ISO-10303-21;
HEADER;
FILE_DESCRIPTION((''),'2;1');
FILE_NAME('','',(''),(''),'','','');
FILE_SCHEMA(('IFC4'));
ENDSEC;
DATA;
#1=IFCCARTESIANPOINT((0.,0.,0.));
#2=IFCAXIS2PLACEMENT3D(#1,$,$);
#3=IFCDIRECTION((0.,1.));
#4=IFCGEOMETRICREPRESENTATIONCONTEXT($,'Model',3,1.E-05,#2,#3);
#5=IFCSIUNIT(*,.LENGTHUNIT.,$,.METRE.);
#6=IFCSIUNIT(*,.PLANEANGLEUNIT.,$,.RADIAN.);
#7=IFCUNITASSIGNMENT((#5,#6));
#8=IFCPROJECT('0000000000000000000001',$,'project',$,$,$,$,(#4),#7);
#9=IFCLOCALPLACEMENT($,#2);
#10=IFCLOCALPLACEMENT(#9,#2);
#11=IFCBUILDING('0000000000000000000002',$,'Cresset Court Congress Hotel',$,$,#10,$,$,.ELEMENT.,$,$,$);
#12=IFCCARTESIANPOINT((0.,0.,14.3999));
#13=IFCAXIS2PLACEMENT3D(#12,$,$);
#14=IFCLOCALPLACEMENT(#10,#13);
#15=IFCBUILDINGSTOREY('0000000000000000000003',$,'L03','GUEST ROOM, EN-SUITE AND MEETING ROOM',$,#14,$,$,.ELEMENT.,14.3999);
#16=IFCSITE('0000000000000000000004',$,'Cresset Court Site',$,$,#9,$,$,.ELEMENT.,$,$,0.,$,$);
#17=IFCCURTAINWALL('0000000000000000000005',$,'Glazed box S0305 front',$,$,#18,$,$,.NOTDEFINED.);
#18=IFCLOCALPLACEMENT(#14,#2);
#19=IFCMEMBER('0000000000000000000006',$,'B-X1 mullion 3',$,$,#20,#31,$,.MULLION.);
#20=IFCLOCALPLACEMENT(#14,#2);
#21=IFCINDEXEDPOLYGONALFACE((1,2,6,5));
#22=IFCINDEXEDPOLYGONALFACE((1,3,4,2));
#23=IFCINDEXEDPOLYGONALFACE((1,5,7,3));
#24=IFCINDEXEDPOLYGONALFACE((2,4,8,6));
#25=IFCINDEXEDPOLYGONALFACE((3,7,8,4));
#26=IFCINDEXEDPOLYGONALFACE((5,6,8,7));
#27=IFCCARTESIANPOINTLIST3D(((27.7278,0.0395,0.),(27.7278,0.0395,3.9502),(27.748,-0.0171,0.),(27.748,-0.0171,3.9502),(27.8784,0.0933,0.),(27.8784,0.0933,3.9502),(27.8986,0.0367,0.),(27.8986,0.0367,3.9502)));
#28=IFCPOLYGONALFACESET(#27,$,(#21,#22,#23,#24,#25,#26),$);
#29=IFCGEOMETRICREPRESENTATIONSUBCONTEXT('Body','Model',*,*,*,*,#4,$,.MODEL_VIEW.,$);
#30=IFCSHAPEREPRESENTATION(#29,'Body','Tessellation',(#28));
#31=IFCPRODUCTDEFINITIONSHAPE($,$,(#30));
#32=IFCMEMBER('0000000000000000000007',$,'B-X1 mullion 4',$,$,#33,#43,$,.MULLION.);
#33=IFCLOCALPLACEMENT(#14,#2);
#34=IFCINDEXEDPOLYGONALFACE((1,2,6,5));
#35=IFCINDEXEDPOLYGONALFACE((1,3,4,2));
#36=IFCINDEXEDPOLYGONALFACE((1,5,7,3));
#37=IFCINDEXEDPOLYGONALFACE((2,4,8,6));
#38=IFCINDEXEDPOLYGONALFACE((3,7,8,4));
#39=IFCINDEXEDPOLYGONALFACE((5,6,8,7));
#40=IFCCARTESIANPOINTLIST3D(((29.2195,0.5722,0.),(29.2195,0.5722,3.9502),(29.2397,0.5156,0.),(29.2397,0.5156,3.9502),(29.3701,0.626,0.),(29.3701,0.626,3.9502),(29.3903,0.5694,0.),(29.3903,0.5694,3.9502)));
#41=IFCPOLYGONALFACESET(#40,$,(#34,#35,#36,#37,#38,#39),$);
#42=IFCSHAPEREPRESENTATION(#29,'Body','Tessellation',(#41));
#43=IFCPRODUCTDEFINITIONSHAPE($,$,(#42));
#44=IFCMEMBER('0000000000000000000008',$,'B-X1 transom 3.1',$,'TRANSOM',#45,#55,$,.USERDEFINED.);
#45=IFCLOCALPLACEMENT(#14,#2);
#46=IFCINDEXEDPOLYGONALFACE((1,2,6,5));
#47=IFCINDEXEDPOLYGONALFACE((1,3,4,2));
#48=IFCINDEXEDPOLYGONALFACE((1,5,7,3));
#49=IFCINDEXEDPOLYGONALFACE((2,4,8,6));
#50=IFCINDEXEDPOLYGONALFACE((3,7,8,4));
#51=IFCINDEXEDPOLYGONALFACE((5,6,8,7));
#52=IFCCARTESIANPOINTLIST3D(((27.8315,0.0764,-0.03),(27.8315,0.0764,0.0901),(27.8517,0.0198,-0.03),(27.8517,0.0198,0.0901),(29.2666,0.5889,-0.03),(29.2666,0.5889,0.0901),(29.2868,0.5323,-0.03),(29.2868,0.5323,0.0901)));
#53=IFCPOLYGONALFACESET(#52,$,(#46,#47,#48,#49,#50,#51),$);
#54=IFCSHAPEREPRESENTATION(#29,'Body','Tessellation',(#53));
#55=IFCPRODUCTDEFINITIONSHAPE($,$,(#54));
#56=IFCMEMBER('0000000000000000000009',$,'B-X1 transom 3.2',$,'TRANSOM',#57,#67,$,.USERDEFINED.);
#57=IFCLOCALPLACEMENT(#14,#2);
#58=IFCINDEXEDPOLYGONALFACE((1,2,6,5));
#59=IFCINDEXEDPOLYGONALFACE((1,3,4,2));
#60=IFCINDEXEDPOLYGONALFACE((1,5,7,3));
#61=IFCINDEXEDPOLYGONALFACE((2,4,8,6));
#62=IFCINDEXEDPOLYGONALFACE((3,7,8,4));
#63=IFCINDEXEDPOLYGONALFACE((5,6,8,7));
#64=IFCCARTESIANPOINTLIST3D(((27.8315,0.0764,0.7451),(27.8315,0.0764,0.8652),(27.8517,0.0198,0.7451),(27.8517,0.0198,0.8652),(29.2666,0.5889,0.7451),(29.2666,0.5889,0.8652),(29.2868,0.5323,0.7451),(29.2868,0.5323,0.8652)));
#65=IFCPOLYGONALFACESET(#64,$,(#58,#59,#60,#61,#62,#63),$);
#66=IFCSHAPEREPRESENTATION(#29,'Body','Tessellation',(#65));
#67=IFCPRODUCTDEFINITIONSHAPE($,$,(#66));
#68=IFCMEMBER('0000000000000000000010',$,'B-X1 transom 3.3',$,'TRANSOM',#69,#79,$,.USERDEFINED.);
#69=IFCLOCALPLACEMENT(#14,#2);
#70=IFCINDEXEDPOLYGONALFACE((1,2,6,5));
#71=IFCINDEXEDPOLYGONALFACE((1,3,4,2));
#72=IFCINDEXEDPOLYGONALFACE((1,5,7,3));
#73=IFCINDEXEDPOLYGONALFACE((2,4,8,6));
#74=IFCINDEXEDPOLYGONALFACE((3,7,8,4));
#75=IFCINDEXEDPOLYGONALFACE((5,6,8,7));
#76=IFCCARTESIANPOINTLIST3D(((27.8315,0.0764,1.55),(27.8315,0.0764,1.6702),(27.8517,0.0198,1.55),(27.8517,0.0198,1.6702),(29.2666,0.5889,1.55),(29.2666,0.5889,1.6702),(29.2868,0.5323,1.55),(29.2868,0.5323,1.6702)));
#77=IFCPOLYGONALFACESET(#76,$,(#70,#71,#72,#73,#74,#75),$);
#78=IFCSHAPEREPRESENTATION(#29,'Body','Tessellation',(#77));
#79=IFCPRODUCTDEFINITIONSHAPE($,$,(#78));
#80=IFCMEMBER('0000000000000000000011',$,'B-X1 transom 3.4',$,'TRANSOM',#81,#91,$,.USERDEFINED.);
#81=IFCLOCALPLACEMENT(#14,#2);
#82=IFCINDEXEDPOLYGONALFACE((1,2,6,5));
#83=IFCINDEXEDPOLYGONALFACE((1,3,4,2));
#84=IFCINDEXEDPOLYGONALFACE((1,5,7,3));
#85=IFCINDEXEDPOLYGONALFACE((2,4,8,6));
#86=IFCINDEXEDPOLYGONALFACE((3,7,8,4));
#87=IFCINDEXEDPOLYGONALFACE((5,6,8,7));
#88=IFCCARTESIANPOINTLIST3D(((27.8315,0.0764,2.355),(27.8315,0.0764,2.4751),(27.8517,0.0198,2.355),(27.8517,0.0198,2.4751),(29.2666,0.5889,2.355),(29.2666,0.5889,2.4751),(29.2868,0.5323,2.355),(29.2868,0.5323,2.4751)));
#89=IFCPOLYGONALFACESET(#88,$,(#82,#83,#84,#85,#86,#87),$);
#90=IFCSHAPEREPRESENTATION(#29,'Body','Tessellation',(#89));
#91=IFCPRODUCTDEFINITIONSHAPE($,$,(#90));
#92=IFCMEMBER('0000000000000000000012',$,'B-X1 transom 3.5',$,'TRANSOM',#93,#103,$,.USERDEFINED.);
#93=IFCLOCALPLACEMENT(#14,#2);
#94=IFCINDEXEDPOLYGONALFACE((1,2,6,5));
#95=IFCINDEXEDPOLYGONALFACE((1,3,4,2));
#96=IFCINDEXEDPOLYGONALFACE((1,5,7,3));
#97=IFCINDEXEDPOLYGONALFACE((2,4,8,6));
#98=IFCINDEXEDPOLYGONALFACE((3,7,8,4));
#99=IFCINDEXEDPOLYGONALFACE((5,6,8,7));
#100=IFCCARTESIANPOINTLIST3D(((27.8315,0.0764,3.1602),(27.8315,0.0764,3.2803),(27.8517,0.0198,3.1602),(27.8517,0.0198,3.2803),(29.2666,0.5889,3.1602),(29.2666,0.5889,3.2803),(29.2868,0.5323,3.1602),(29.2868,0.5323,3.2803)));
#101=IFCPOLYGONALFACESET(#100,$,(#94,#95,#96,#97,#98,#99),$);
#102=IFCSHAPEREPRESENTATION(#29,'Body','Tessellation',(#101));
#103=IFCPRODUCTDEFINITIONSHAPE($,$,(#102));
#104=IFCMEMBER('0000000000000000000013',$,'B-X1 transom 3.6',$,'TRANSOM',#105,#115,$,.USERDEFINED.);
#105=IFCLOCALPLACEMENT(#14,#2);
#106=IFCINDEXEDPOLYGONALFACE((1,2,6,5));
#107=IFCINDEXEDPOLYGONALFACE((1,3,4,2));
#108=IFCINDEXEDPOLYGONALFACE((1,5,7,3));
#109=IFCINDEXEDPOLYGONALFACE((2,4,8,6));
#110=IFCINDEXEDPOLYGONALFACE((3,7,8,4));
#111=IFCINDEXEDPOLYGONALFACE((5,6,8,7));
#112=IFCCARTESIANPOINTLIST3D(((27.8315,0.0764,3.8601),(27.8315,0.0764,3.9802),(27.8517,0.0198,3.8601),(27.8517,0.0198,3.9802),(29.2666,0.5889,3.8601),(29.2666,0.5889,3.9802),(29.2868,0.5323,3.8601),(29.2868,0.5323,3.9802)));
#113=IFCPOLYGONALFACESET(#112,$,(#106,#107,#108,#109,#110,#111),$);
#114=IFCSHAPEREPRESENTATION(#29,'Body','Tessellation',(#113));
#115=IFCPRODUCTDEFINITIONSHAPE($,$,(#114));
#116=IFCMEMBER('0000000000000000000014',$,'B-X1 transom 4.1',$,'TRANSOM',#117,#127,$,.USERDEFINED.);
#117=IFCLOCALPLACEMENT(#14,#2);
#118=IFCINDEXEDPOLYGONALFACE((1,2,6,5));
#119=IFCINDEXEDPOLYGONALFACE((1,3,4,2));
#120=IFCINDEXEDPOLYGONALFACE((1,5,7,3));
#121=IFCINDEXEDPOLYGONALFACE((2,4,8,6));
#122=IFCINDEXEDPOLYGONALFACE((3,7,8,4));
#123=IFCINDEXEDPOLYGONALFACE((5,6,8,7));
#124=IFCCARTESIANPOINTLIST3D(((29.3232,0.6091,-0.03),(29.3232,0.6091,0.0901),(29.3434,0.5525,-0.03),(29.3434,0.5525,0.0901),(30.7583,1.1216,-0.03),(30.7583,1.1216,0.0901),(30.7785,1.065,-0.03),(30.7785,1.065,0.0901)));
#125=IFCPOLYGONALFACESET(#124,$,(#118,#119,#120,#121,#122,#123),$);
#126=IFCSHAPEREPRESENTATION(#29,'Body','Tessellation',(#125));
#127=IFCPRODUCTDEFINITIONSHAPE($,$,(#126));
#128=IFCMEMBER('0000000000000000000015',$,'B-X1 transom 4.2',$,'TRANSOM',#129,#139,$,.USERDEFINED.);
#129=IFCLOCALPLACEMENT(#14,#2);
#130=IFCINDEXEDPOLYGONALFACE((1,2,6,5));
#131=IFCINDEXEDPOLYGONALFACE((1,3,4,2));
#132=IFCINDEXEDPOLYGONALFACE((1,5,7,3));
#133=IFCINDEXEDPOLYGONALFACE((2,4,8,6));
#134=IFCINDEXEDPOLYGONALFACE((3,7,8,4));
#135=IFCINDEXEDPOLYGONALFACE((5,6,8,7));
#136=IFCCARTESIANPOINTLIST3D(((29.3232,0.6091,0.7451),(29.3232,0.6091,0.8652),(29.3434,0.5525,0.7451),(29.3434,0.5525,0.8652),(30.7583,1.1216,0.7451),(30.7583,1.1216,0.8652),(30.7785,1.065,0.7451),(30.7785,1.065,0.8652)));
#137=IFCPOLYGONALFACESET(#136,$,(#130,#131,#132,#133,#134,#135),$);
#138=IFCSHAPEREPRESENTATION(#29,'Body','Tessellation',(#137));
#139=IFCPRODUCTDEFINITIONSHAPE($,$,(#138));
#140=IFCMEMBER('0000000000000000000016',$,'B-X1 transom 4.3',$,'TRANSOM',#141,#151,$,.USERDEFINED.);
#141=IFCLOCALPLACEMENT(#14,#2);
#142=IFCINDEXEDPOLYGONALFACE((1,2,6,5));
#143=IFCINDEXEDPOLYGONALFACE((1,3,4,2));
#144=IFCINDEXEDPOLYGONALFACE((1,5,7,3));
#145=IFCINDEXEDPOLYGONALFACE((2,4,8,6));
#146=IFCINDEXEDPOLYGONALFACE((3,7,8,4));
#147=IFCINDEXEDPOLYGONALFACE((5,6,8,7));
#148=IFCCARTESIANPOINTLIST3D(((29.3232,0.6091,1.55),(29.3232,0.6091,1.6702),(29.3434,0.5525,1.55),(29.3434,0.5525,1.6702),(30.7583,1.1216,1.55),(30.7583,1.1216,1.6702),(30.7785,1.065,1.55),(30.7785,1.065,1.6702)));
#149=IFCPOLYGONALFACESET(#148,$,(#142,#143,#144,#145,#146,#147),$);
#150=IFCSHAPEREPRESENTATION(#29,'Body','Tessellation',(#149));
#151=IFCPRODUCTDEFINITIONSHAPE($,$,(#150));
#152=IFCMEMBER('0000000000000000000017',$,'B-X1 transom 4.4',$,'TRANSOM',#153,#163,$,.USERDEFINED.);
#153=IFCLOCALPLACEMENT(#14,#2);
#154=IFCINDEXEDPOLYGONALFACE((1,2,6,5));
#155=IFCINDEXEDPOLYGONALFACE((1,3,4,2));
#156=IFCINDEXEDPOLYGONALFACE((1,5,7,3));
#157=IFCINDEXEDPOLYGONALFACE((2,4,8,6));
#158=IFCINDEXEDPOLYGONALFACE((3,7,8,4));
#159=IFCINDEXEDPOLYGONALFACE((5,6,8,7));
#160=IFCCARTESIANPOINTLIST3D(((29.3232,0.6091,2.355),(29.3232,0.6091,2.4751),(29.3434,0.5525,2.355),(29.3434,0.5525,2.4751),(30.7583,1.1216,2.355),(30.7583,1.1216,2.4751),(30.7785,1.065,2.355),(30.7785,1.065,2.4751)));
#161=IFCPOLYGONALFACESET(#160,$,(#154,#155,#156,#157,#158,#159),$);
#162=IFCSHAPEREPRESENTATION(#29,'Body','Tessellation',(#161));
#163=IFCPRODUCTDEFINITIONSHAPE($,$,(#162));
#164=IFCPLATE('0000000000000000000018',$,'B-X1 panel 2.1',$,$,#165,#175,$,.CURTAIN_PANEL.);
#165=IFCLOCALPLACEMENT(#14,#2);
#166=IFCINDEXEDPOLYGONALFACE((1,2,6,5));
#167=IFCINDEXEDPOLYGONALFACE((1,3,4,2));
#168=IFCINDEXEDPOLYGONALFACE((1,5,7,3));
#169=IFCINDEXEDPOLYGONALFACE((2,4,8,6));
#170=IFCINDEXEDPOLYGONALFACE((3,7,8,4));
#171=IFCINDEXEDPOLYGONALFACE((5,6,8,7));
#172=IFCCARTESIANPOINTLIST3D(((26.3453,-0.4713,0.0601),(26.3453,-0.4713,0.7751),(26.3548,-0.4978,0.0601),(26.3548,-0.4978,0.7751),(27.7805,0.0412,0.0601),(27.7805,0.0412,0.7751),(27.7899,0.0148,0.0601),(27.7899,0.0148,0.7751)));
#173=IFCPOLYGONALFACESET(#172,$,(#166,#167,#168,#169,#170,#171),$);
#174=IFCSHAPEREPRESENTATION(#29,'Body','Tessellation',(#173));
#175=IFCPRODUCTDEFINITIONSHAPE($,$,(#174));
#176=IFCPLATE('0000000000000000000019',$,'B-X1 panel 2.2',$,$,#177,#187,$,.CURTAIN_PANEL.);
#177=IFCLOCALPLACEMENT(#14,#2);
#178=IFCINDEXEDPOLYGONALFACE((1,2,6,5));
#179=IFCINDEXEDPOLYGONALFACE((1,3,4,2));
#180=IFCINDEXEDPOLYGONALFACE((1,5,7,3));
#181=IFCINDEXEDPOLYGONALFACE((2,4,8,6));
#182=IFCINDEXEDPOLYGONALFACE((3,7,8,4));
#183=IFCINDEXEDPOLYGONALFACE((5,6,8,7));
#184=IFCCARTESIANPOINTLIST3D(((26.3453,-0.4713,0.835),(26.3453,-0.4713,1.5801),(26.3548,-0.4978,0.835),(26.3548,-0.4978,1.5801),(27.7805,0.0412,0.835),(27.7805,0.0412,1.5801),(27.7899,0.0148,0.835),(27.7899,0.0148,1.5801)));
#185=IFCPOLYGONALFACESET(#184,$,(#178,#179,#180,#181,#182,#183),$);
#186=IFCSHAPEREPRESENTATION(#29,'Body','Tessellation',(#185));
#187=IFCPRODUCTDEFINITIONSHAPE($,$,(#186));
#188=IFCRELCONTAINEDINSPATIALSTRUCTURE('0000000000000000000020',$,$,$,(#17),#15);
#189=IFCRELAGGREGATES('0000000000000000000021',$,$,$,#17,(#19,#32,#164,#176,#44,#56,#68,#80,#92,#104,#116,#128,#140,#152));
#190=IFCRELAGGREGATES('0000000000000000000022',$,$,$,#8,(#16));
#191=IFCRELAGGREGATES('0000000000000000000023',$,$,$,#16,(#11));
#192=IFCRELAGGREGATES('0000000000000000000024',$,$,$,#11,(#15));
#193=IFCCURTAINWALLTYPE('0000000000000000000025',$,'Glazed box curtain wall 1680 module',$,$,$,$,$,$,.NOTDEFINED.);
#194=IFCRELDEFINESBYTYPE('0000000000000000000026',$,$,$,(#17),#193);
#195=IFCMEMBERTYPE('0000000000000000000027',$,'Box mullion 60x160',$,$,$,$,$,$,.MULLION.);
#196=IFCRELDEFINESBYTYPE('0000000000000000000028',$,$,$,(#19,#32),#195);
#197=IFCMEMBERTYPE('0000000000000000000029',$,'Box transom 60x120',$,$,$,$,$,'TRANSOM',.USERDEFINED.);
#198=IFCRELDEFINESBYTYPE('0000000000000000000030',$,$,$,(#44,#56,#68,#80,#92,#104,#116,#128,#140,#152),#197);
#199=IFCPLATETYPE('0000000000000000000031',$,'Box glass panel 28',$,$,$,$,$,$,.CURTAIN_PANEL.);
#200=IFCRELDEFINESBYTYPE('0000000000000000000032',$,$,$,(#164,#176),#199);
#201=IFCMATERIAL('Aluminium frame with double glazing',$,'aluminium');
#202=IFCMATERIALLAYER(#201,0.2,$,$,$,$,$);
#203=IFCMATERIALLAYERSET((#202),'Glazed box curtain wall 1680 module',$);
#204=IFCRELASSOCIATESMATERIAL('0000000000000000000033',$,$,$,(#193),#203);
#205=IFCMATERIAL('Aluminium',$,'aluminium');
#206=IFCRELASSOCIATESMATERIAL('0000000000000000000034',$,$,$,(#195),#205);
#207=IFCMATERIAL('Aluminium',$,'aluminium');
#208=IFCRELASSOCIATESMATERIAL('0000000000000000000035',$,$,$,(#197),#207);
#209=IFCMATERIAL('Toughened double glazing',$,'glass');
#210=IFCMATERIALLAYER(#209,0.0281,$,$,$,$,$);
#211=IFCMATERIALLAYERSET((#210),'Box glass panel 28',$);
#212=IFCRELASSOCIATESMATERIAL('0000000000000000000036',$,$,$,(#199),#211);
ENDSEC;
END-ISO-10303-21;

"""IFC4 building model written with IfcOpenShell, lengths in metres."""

from ifc_helpers import new_model, si_unit, direction, frame, origin, origin_2d, place, context, subcontext, project, spatial, rectangle, extrude, material, layer, layer_set, material_profile, profile_set, type_object, element, aggregate, save


model = new_model("IFC4")

# Units and contexts
model_context = context("Model", 3, precision=1e-05, world=origin(), true_north=direction((0.0, 1.0)))
body_context = subcontext(model_context, "Body", "Model", "MODEL_VIEW")
ifc_project = project(units=[si_unit("LENGTHUNIT", "METRE"), si_unit("PLANEANGLEUNIT", "RADIAN")], contexts=[model_context])

# Site, building, storey
site_placement = place(None, origin())
site = spatial("IfcSite", under=ifc_project, at=site_placement, Name="Cresset Court Site", CompositionType="ELEMENT", RefElevation=0.0)
building_placement = place(site_placement, origin())
building = spatial("IfcBuilding", under=site, at=building_placement, Name="Cresset Court Congress Hotel", CompositionType="ELEMENT")
storey_placement = place(building_placement, frame((0.0, 0.0, 14.3999)))
storey = spatial("IfcBuildingStorey", under=building, at=storey_placement, Name="L03", Description="GUEST ROOM, EN-SUITE AND MEETING ROOM", CompositionType="ELEMENT", Elevation=14.3999)

# Curtain wall, members, plates
ifc_material_1 = material(Name="Aluminium frame with double glazing", Category="aluminium")
ifc_layer_1 = layer(ifc_material_1, 0.2)
ifc_layer_set_1 = layer_set([ifc_layer_1], Name="Glazed box curtain wall 1680 module")
curtain_wall_type = type_object("IfcCurtainWallType", Name="Glazed box curtain wall 1680 module", PredefinedType="NOTDEFINED", material=ifc_layer_set_1)
curtain_wall_placement = place(storey_placement, origin())
curtain_wall = element("IfcCurtainWall", 1, at=curtain_wall_placement, inside=storey, type_object=curtain_wall_type, Name="Glazed box S0305 front", PredefinedType="NOTDEFINED")
ifc_material_2 = material(Name="Aluminium", Category="aluminium")
ifc_material_profile_1 = material_profile(ifc_material_2, rectangle(XDim=0.0601, YDim=0.1599, at=origin_2d()), Name="Box mullion 60x160")
ifc_profile_set_1 = profile_set([ifc_material_profile_1], Name="Aluminium")
member_type_1 = type_object("IfcMemberType", Name="Box mullion 60x160", PredefinedType="MULLION", material=ifc_profile_set_1)
member_1_placement = place(storey_placement, frame((27.8132, 0.0381, 0.0), z_axis=(0.0, 0.0, 1.0), x_axis=(-0.336336, 0.941742, 0.0)))
member_1 = element("IfcMember", 2, at=member_1_placement, type_object=member_type_1, Name="B-X1 mullion 3", PredefinedType="MULLION", context=body_context, shape_type="SweptSolid", body=[
    extrude(rectangle(XDim=0.0601, YDim=0.1599, at=origin_2d()), origin(), (0.0, 0.0, 1.0), 3.9502),
])
member_2_placement = place(storey_placement, frame((29.3049, 0.5708, 0.0), z_axis=(0.0, 0.0, 1.0), x_axis=(-0.336336, 0.941742, 0.0)))
member_2 = element("IfcMember", 3, at=member_2_placement, type_object=member_type_1, Name="B-X1 mullion 4", PredefinedType="MULLION", context=body_context, shape_type="SweptSolid", body=[
    extrude(rectangle(XDim=0.0601, YDim=0.1599, at=origin_2d()), origin(), (0.0, 0.0, 1.0), 3.9502),
])
ifc_material_3 = material(Name="Aluminium", Category="aluminium")
ifc_material_profile_2 = material_profile(ifc_material_3, rectangle(XDim=0.0601, YDim=0.1201, at=origin_2d()), Name="Box transom 60x120")
ifc_profile_set_2 = profile_set([ifc_material_profile_2], Name="Aluminium")
member_type_2 = type_object("IfcMemberType", Name="Box transom 60x120", ElementType="TRANSOM", PredefinedType="USERDEFINED", material=ifc_profile_set_2)
member_3_placement = place(storey_placement, frame((27.8416, 0.0481, 0.03), z_axis=(0.941756, 0.336296, 0.0), x_axis=(-0.336296, 0.941756, 0.0)))
member_3 = element("IfcMember", 4, at=member_3_placement, type_object=member_type_2, Name="B-X1 transom 3.1", ObjectType="TRANSOM", PredefinedType="USERDEFINED", context=body_context, shape_type="SweptSolid", body=[
    extrude(rectangle(XDim=0.0601, YDim=0.1201, at=origin_2d()), origin(), (0.0, 0.0, 1.0), 1.5239),
])
member_4_placement = place(storey_placement, frame((27.8416, 0.0481, 0.8052), z_axis=(0.941756, 0.336296, 0.0), x_axis=(-0.336296, 0.941756, 0.0)))
member_4 = element("IfcMember", 5, at=member_4_placement, type_object=member_type_2, Name="B-X1 transom 3.2", ObjectType="TRANSOM", PredefinedType="USERDEFINED", context=body_context, shape_type="SweptSolid", body=[
    extrude(rectangle(XDim=0.0601, YDim=0.1201, at=origin_2d()), origin(), (0.0, 0.0, 1.0), 1.5239),
])
member_5_placement = place(storey_placement, frame((27.8416, 0.0481, 1.6101), z_axis=(0.941756, 0.336296, 0.0), x_axis=(-0.336296, 0.941756, 0.0)))
member_5 = element("IfcMember", 6, at=member_5_placement, type_object=member_type_2, Name="B-X1 transom 3.3", ObjectType="TRANSOM", PredefinedType="USERDEFINED", context=body_context, shape_type="SweptSolid", body=[
    extrude(rectangle(XDim=0.0601, YDim=0.1201, at=origin_2d()), origin(), (0.0, 0.0, 1.0), 1.5239),
])
member_6_placement = place(storey_placement, frame((27.8416, 0.0481, 2.415), z_axis=(0.941756, 0.336296, 0.0), x_axis=(-0.336296, 0.941756, 0.0)))
member_6 = element("IfcMember", 7, at=member_6_placement, type_object=member_type_2, Name="B-X1 transom 3.4", ObjectType="TRANSOM", PredefinedType="USERDEFINED", context=body_context, shape_type="SweptSolid", body=[
    extrude(rectangle(XDim=0.0601, YDim=0.1201, at=origin_2d()), origin(), (0.0, 0.0, 1.0), 1.5239),
])
member_7_placement = place(storey_placement, frame((27.8416, 0.0481, 3.2202), z_axis=(0.941756, 0.336296, 0.0), x_axis=(-0.336296, 0.941756, 0.0)))
member_7 = element("IfcMember", 8, at=member_7_placement, type_object=member_type_2, Name="B-X1 transom 3.5", ObjectType="TRANSOM", PredefinedType="USERDEFINED", context=body_context, shape_type="SweptSolid", body=[
    extrude(rectangle(XDim=0.0601, YDim=0.1201, at=origin_2d()), origin(), (0.0, 0.0, 1.0), 1.5239),
])
member_8_placement = place(storey_placement, frame((27.8416, 0.0481, 3.9202), z_axis=(0.941756, 0.336296, 0.0), x_axis=(-0.336296, 0.941756, 0.0)))
member_8 = element("IfcMember", 9, at=member_8_placement, type_object=member_type_2, Name="B-X1 transom 3.6", ObjectType="TRANSOM", PredefinedType="USERDEFINED", context=body_context, shape_type="SweptSolid", body=[
    extrude(rectangle(XDim=0.0601, YDim=0.1201, at=origin_2d()), origin(), (0.0, 0.0, 1.0), 1.5239),
])
member_9_placement = place(storey_placement, frame((29.3333, 0.5808, 0.03), z_axis=(0.941756, 0.336296, 0.0), x_axis=(-0.336296, 0.941756, 0.0)))
member_9 = element("IfcMember", 10, at=member_9_placement, type_object=member_type_2, Name="B-X1 transom 4.1", ObjectType="TRANSOM", PredefinedType="USERDEFINED", context=body_context, shape_type="SweptSolid", body=[
    extrude(rectangle(XDim=0.0601, YDim=0.1201, at=origin_2d()), origin(), (0.0, 0.0, 1.0), 1.5239),
])
member_10_placement = place(storey_placement, frame((29.3333, 0.5808, 0.8052), z_axis=(0.941756, 0.336296, 0.0), x_axis=(-0.336296, 0.941756, 0.0)))
member_10 = element("IfcMember", 11, at=member_10_placement, type_object=member_type_2, Name="B-X1 transom 4.2", ObjectType="TRANSOM", PredefinedType="USERDEFINED", context=body_context, shape_type="SweptSolid", body=[
    extrude(rectangle(XDim=0.0601, YDim=0.1201, at=origin_2d()), origin(), (0.0, 0.0, 1.0), 1.5239),
])
member_11_placement = place(storey_placement, frame((29.3333, 0.5808, 1.6101), z_axis=(0.941756, 0.336296, 0.0), x_axis=(-0.336296, 0.941756, 0.0)))
member_11 = element("IfcMember", 12, at=member_11_placement, type_object=member_type_2, Name="B-X1 transom 4.3", ObjectType="TRANSOM", PredefinedType="USERDEFINED", context=body_context, shape_type="SweptSolid", body=[
    extrude(rectangle(XDim=0.0601, YDim=0.1201, at=origin_2d()), origin(), (0.0, 0.0, 1.0), 1.5239),
])
member_12_placement = place(storey_placement, frame((29.3333, 0.5808, 2.415), z_axis=(0.941756, 0.336296, 0.0), x_axis=(-0.336296, 0.941756, 0.0)))
member_12 = element("IfcMember", 13, at=member_12_placement, type_object=member_type_2, Name="B-X1 transom 4.4", ObjectType="TRANSOM", PredefinedType="USERDEFINED", context=body_context, shape_type="SweptSolid", body=[
    extrude(rectangle(XDim=0.0601, YDim=0.1201, at=origin_2d()), origin(), (0.0, 0.0, 1.0), 1.5239),
])
ifc_material_4 = material(Name="Toughened double glazing", Category="glass")
ifc_layer_2 = layer(ifc_material_4, 0.0281)
ifc_layer_set_2 = layer_set([ifc_layer_2], Name="Box glass panel 28")
plate_type_1 = type_object("IfcPlateType", Name="Box glass panel 28", PredefinedType="CURTAIN_PANEL", material=ifc_layer_set_2)
plate_1_placement = place(storey_placement, frame((27.0676, -0.2283, 0.0601), z_axis=(0.0, 0.0, 1.0), x_axis=(0.941742, 0.336336, 0.0)))
plate_1 = element("IfcPlate", 14, at=plate_1_placement, type_object=plate_type_1, Name="B-X1 panel 2.1", PredefinedType="CURTAIN_PANEL", context=body_context, shape_type="SweptSolid", body=[
    extrude(rectangle(XDim=1.5239, YDim=0.0281, at=origin_2d()), origin(), (0.0, 0.0, 1.0), 0.7151),
])
plate_2_placement = place(storey_placement, frame((27.0676, -0.2283, 0.835), z_axis=(0.0, 0.0, 1.0), x_axis=(0.941742, 0.336336, 0.0)))
plate_2 = element("IfcPlate", 15, at=plate_2_placement, type_object=plate_type_1, Name="B-X1 panel 2.2", PredefinedType="CURTAIN_PANEL", context=body_context, shape_type="SweptSolid", body=[
    extrude(rectangle(XDim=1.5239, YDim=0.0281, at=origin_2d()), origin(), (0.0, 0.0, 1.0), 0.7451),
])
aggregate(curtain_wall, [member_1, member_2, plate_1, plate_2, member_3, member_4, member_5, member_6, member_7, member_8, member_9, member_10, member_11, member_12])

save(model, "model.ifc")
